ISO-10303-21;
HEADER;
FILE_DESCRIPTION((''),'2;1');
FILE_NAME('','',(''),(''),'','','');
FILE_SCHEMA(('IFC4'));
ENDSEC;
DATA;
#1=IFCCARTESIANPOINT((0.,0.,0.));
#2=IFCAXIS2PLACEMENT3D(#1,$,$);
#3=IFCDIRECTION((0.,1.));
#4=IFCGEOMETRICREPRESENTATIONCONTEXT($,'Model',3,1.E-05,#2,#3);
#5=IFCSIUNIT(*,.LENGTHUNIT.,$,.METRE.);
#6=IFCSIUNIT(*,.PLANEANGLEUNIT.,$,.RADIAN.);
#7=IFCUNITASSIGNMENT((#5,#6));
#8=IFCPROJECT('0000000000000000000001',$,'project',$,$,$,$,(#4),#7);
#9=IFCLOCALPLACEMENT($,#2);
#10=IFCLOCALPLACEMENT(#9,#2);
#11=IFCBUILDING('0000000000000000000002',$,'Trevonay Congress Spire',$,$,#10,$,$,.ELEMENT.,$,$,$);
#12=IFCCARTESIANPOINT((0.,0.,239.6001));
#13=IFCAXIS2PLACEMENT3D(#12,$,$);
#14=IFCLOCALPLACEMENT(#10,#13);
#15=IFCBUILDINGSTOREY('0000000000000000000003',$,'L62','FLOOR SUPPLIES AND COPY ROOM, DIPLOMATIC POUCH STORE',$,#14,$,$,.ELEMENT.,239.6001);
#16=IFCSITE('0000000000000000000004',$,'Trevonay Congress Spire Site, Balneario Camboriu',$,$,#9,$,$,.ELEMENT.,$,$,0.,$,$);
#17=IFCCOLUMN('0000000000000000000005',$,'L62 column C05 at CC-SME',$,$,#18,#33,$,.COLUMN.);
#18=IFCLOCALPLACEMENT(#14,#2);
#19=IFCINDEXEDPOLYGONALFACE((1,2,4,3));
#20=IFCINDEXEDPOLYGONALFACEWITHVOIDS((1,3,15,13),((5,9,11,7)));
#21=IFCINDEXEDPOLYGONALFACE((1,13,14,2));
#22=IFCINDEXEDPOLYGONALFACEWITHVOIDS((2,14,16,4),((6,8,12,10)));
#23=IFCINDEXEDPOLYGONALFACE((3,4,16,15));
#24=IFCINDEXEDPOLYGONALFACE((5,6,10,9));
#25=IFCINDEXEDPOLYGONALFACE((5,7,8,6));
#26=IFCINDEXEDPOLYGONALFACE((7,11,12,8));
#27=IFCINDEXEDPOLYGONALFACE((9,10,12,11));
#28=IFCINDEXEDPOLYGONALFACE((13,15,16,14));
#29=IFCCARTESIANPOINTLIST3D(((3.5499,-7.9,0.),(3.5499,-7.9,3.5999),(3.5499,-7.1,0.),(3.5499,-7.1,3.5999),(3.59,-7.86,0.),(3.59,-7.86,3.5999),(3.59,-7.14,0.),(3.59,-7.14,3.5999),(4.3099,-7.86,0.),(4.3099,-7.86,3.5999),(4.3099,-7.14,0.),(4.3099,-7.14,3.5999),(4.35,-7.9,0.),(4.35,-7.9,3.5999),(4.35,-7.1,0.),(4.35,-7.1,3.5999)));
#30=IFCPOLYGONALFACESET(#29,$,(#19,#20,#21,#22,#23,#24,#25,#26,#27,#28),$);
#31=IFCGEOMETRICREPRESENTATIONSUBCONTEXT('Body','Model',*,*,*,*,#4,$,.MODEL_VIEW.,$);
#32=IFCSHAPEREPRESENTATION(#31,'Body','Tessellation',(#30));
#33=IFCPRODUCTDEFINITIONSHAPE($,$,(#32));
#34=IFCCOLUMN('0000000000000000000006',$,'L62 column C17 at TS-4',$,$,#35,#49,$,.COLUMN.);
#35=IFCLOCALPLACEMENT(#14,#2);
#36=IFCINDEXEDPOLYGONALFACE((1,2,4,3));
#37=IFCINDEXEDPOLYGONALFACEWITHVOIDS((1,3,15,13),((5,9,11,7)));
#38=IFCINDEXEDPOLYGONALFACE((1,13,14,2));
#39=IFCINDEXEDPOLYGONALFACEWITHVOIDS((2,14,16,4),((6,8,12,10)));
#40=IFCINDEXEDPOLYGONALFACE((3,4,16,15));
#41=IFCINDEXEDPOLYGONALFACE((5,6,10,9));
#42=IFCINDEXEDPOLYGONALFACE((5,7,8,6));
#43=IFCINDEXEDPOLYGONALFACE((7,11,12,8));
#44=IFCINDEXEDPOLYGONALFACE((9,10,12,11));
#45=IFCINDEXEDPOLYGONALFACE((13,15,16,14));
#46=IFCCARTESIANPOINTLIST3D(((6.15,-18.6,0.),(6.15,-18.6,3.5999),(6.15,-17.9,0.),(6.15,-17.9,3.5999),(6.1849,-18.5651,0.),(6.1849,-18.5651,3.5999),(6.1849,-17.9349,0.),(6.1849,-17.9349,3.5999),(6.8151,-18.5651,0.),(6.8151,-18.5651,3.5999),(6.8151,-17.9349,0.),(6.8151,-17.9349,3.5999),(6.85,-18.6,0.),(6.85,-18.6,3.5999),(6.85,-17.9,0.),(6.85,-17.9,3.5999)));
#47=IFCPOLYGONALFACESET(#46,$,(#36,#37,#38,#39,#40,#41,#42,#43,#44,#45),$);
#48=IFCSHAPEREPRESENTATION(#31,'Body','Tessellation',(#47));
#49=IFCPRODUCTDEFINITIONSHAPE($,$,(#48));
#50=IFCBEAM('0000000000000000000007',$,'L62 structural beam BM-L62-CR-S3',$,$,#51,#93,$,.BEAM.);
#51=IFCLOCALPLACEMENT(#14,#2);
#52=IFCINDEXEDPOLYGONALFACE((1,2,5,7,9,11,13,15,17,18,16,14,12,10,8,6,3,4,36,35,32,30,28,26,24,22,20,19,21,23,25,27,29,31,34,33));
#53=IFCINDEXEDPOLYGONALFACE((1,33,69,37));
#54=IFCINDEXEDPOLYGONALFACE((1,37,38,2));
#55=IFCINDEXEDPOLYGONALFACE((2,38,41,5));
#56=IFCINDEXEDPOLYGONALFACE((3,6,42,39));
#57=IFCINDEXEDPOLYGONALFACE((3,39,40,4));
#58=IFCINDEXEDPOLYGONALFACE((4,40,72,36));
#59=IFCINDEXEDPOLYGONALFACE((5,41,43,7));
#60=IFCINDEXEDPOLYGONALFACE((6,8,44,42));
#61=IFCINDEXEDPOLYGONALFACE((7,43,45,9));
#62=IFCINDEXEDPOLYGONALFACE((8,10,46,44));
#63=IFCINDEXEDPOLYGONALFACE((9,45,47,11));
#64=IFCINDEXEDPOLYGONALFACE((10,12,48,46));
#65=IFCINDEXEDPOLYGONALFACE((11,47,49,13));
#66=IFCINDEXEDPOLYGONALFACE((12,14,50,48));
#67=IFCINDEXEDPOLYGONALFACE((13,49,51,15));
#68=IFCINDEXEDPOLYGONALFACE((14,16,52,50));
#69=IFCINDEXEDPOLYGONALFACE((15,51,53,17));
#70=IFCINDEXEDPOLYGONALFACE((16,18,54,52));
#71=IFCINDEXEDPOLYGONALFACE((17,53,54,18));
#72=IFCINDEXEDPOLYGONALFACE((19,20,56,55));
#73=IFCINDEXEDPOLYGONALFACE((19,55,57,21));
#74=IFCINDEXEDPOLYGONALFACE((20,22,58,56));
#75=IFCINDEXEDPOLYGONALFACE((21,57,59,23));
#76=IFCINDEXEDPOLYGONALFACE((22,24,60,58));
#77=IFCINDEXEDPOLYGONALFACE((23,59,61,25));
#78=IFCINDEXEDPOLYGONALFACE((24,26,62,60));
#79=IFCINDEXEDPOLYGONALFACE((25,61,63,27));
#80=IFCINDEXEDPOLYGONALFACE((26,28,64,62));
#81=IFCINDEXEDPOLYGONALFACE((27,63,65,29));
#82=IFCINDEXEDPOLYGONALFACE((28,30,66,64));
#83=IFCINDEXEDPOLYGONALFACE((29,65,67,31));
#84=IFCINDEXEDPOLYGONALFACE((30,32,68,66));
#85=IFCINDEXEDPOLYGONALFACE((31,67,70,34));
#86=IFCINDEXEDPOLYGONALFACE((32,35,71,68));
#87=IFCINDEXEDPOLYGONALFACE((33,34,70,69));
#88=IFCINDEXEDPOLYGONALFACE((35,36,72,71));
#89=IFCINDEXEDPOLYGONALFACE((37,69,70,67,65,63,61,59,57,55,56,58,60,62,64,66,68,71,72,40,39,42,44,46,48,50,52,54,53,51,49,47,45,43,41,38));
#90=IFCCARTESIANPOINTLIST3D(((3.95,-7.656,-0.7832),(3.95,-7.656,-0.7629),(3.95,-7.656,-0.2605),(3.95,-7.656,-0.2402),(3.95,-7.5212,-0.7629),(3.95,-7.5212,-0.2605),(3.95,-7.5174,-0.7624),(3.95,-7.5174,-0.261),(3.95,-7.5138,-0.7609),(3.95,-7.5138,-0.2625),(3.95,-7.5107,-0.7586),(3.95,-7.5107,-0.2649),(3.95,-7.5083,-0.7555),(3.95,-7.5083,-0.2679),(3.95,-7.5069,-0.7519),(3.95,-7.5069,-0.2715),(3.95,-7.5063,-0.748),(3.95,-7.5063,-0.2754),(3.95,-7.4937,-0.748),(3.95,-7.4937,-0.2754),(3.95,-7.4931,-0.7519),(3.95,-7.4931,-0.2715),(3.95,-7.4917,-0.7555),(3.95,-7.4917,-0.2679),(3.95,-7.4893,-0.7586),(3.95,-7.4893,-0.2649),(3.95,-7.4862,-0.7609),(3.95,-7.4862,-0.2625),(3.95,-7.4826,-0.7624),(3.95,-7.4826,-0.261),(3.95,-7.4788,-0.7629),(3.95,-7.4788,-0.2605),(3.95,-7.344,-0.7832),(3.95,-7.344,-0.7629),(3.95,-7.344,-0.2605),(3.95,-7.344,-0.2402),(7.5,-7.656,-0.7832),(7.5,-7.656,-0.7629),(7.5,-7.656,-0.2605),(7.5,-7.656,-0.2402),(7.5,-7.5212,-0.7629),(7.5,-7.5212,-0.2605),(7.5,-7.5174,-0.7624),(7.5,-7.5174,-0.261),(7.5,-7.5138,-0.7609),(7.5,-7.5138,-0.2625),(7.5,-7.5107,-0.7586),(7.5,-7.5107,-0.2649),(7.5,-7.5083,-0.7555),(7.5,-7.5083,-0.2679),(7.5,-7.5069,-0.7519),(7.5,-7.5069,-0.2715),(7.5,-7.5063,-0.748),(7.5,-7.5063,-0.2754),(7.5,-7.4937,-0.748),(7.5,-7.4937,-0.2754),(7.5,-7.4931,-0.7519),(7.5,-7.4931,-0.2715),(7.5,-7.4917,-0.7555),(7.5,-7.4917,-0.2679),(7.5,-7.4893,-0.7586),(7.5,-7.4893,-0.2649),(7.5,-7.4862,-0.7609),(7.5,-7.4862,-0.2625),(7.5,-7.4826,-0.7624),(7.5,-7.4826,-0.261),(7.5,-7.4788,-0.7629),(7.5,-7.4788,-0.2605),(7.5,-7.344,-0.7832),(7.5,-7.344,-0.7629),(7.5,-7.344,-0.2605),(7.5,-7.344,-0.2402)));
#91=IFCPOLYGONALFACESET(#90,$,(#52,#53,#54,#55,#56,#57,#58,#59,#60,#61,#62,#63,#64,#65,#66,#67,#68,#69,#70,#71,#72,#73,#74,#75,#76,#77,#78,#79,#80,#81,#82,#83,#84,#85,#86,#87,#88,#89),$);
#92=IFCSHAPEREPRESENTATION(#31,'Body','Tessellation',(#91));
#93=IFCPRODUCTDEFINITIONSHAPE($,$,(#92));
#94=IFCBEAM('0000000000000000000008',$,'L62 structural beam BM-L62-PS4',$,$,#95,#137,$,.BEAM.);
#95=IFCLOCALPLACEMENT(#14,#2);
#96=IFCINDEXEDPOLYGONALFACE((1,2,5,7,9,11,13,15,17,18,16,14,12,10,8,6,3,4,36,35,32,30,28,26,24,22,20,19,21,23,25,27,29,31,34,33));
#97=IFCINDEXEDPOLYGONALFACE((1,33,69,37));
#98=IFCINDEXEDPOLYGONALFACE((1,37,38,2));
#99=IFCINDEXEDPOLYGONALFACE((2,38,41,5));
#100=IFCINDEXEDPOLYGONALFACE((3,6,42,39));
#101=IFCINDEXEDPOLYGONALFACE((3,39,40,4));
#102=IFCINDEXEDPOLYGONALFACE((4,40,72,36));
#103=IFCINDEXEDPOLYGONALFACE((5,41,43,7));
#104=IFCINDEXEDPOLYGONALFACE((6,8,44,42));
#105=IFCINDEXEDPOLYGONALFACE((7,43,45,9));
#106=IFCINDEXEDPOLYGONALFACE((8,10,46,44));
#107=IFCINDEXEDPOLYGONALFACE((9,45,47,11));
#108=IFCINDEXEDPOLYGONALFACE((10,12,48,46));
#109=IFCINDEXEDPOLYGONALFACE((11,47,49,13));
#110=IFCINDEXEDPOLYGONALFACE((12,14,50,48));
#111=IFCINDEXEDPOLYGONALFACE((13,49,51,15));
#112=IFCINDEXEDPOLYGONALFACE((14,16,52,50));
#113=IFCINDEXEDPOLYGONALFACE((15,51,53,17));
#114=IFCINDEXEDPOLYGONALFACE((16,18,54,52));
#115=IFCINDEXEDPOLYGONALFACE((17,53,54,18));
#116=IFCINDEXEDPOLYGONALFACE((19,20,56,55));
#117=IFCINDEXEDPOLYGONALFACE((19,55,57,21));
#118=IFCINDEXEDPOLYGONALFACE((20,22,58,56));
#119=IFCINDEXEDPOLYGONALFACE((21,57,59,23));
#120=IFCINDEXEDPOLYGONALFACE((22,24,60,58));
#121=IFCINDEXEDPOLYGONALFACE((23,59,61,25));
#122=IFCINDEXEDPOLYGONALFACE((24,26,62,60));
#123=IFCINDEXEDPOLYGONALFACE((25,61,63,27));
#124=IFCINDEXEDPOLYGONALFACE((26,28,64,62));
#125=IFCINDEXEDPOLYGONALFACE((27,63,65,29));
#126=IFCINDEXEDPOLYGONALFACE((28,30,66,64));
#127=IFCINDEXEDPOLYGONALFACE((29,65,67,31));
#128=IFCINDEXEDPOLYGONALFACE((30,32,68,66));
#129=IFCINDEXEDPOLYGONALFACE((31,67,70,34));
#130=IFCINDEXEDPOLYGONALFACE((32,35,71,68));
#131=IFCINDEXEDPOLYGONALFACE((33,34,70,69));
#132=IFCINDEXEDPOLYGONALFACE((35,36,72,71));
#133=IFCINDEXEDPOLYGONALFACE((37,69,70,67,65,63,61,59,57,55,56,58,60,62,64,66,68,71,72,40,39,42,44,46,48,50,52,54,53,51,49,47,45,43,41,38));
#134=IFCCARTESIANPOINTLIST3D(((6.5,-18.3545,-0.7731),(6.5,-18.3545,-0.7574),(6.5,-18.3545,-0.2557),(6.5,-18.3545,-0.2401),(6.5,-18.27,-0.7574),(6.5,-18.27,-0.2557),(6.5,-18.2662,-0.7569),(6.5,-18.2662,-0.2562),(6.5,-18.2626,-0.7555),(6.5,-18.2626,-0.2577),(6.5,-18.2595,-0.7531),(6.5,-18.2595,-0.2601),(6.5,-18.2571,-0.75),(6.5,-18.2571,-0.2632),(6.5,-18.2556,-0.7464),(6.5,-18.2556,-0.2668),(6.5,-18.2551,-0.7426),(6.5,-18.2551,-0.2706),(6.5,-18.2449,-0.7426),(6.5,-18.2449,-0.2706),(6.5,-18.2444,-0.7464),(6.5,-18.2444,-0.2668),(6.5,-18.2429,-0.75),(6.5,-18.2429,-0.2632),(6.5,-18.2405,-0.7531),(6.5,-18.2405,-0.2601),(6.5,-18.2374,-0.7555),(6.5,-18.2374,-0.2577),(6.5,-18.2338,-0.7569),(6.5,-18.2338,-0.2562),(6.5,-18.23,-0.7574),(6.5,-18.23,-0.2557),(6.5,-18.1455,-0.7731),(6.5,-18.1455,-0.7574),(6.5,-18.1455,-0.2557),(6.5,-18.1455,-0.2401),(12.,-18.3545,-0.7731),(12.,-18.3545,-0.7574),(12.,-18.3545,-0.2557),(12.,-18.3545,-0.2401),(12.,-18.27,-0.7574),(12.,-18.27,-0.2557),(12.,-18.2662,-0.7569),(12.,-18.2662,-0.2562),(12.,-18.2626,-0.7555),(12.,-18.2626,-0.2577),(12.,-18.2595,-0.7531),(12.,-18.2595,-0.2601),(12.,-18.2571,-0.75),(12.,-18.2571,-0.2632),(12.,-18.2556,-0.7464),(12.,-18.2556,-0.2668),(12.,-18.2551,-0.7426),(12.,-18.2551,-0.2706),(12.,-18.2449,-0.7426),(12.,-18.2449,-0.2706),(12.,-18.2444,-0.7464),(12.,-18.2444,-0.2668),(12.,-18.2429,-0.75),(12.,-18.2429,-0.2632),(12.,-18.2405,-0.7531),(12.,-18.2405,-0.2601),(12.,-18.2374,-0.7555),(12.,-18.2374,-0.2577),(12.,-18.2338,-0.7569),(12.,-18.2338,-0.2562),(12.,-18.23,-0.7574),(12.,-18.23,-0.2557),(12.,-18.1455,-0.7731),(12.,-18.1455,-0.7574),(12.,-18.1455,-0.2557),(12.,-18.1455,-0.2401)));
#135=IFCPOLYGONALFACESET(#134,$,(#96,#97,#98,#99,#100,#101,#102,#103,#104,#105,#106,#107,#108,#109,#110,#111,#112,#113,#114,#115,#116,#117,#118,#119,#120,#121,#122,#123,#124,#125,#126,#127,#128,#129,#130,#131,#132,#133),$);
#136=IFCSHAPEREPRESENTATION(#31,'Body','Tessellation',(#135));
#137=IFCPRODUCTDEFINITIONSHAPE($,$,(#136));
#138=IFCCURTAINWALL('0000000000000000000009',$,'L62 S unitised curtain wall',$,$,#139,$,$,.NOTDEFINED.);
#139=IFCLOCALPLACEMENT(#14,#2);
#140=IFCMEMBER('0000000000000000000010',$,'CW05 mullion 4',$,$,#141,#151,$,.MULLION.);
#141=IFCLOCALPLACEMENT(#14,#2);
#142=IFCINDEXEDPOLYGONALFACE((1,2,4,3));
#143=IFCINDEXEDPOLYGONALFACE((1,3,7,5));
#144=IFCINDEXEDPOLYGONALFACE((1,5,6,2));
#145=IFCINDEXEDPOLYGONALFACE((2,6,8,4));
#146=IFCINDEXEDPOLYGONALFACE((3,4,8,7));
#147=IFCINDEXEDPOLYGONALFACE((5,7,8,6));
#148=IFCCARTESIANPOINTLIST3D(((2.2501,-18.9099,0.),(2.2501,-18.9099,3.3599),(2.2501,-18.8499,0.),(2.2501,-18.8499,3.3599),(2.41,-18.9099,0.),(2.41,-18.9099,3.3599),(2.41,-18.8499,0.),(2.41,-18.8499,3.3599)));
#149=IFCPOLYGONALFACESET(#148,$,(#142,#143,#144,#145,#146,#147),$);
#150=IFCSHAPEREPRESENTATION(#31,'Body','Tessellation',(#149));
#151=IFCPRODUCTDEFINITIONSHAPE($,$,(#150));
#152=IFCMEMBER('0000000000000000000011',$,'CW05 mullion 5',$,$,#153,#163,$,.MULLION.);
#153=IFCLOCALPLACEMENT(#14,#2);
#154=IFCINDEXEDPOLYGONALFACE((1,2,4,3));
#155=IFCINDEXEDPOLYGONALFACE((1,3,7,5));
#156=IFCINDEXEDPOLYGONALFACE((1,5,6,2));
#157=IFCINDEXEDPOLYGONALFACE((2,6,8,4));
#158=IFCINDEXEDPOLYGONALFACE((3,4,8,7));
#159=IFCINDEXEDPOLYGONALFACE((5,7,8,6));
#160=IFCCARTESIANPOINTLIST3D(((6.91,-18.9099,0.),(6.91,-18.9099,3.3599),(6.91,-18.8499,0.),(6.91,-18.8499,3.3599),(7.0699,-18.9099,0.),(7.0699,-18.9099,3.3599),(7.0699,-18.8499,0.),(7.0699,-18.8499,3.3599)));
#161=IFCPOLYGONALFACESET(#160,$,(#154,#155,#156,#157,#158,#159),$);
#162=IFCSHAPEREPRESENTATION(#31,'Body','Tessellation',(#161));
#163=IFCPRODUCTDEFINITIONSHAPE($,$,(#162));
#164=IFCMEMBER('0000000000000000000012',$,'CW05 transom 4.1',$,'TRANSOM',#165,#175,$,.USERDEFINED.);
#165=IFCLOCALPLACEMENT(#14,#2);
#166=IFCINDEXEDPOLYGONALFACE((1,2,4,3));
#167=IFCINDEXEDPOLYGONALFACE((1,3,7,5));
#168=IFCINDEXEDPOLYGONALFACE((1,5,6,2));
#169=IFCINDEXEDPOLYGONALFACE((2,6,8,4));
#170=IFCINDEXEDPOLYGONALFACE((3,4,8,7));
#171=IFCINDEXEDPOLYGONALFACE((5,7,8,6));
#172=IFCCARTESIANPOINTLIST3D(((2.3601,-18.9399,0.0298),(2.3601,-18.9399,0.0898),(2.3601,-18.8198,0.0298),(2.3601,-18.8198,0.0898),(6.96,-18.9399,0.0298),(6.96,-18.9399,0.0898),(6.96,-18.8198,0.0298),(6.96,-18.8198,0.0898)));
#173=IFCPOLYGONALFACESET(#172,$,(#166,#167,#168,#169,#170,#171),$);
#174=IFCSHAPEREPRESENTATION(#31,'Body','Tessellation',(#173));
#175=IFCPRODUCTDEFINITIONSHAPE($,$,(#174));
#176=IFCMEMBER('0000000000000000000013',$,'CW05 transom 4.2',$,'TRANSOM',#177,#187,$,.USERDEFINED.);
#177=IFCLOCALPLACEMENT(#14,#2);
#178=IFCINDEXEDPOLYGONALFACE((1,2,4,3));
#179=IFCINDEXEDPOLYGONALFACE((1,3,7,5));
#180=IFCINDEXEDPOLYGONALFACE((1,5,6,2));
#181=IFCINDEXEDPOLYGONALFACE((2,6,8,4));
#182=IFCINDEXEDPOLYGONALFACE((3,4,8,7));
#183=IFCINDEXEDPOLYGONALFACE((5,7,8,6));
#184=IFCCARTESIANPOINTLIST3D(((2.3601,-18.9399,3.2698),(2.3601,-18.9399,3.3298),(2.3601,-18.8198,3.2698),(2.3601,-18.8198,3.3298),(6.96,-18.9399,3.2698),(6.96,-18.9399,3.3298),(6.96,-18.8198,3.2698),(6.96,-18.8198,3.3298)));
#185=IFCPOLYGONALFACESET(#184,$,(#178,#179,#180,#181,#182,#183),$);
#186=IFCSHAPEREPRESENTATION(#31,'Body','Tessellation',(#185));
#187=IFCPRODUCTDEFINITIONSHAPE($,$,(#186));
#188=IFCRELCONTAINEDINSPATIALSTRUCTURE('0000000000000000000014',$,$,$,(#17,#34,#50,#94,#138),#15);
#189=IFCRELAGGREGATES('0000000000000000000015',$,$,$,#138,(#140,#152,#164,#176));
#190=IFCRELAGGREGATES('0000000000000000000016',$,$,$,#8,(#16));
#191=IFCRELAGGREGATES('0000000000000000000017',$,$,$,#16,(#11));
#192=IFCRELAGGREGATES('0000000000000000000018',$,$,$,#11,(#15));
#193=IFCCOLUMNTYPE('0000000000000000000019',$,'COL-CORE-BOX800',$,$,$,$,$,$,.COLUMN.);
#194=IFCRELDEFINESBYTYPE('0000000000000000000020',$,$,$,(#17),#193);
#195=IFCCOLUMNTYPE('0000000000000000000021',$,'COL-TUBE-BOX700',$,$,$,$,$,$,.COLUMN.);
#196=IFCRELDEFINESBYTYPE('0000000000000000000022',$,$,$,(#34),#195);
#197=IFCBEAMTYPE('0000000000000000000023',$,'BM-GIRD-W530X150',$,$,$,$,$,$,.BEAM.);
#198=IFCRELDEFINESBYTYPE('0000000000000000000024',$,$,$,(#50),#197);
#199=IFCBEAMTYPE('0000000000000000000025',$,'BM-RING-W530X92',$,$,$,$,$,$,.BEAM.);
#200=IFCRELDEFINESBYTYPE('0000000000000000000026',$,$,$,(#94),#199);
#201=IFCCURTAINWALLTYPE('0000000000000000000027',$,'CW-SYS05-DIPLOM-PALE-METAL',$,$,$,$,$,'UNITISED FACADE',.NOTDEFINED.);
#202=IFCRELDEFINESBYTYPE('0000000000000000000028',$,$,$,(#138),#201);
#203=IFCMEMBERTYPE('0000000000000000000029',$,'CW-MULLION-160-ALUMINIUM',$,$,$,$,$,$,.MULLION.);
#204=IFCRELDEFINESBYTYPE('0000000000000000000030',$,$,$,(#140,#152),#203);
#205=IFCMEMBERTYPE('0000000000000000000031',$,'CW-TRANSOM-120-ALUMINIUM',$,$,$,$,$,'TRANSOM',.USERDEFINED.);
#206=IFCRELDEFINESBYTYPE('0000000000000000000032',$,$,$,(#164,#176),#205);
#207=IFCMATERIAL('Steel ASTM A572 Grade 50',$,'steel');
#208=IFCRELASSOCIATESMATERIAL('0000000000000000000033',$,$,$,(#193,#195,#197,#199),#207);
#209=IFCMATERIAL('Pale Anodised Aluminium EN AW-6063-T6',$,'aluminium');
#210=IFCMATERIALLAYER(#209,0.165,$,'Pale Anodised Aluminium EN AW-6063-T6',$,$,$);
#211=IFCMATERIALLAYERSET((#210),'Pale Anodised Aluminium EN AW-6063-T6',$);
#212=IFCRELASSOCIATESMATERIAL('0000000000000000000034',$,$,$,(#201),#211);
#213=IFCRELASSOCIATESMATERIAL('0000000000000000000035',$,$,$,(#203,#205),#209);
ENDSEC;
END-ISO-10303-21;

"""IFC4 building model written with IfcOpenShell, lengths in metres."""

from ifc_helpers import new_model, si_unit, direction, frame, origin, origin_2d, place, context, subcontext, project, spatial, rectangle, hollow_rectangle, i_section, extrude, material, layer, layer_set, material_profile, profile_set, type_object, element, aggregate, save


model = new_model("IFC4")

# Units and contexts
model_context = context("Model", 3, precision=1e-05, world=origin(), true_north=direction((0.0, 1.0)))
body_context = subcontext(model_context, "Body", "Model", "MODEL_VIEW")
ifc_project = project(units=[si_unit("LENGTHUNIT", "METRE"), si_unit("PLANEANGLEUNIT", "RADIAN")], contexts=[model_context])

# Site, building, storey
site_placement = place(None, origin())
site = spatial("IfcSite", under=ifc_project, at=site_placement, Name="Trevonay Congress Spire Site, Balneario Camboriu", CompositionType="ELEMENT", RefElevation=0.0)
building_placement = place(site_placement, origin())
building = spatial("IfcBuilding", under=site, at=building_placement, Name="Trevonay Congress Spire", CompositionType="ELEMENT")
storey_placement = place(building_placement, frame((0.0, 0.0, 239.6001)))
storey = spatial("IfcBuildingStorey", under=building, at=storey_placement, Name="L62", Description="FLOOR SUPPLIES AND COPY ROOM, DIPLOMATIC POUCH STORE", CompositionType="ELEMENT", Elevation=239.6001)

# Columns
ifc_material_1 = material(Name="Steel ASTM A572 Grade 50", Category="steel")
ifc_material_profile_1 = material_profile(ifc_material_1, hollow_rectangle(XDim=0.8, YDim=0.8, WallThickness=0.04, at=origin_2d()), Name="BOX 800x800x40")
ifc_profile_set_1 = profile_set([ifc_material_profile_1], Name="Steel ASTM A572 Grade 50")
column_type_1 = type_object("IfcColumnType", Name="COL-CORE-BOX800", PredefinedType="COLUMN", material=ifc_profile_set_1)
column_1_placement = place(storey_placement, frame((3.95, -7.5, 0.0), z_axis=(0.0, 0.0, 1.0), x_axis=(1.0, 0.0, 0.0)))
element("IfcColumn", 1, at=column_1_placement, inside=storey, type_object=column_type_1, Name="L62 column C05 at CC-SME", PredefinedType="COLUMN", context=body_context, shape_type="SweptSolid", body=[
    extrude(hollow_rectangle(XDim=0.8, YDim=0.8, WallThickness=0.04, at=origin_2d()), origin(), (0.0, 0.0, 1.0), 3.5999),
])
ifc_material_profile_2 = material_profile(ifc_material_1, hollow_rectangle(XDim=0.7, YDim=0.7, WallThickness=0.0349, at=origin_2d()), Name="BOX 700x700x35")
ifc_profile_set_2 = profile_set([ifc_material_profile_2], Name="Steel ASTM A572 Grade 50")
column_type_2 = type_object("IfcColumnType", Name="COL-TUBE-BOX700", PredefinedType="COLUMN", material=ifc_profile_set_2)
column_2_placement = place(storey_placement, frame((6.5, -18.25, 0.0), z_axis=(0.0, 0.0, 1.0), x_axis=(1.0, 0.0, 0.0)))
element("IfcColumn", 2, at=column_2_placement, inside=storey, type_object=column_type_2, Name="L62 column C17 at TS-4", PredefinedType="COLUMN", context=body_context, shape_type="SweptSolid", body=[
    extrude(hollow_rectangle(XDim=0.7, YDim=0.7, WallThickness=0.0349, at=origin_2d()), origin(), (0.0, 0.0, 1.0), 3.5999),
])

# Beams
ifc_material_profile_3 = material_profile(ifc_material_1, i_section(OverallWidth=0.312, OverallDepth=0.543, WebThickness=0.0127, FlangeThickness=0.0203, FilletRadius=0.0149, at=origin_2d()), Name="W530x150")
ifc_profile_set_3 = profile_set([ifc_material_profile_3], Name="Steel ASTM A572 Grade 50")
beam_type_1 = type_object("IfcBeamType", Name="BM-GIRD-W530X150", PredefinedType="BEAM", material=ifc_profile_set_3)
beam_1_placement = place(storey_placement, frame((3.95, -7.5, -0.5117), z_axis=(1.0, 0.0, 0.0), x_axis=(0.0, 1.0, 0.0)))
element("IfcBeam", 3, at=beam_1_placement, inside=storey, type_object=beam_type_1, Name="L62 structural beam BM-L62-CR-S3", PredefinedType="BEAM", context=body_context, shape_type="SweptSolid", body=[
    extrude(i_section(OverallWidth=0.312, OverallDepth=0.543, WebThickness=0.0127, FlangeThickness=0.0203, FilletRadius=0.0149, at=origin_2d()), origin(), (0.0, 0.0, 1.0), 3.55),
])
ifc_material_profile_4 = material_profile(ifc_material_1, i_section(OverallWidth=0.209, OverallDepth=0.533, WebThickness=0.0103, FlangeThickness=0.0156, FilletRadius=0.0149, at=origin_2d()), Name="W530x92")
ifc_profile_set_4 = profile_set([ifc_material_profile_4], Name="Steel ASTM A572 Grade 50")
beam_type_2 = type_object("IfcBeamType", Name="BM-RING-W530X92", PredefinedType="BEAM", material=ifc_profile_set_4)
beam_2_placement = place(storey_placement, frame((6.5, -18.25, -0.5066), z_axis=(1.0, 0.0, 0.0), x_axis=(0.0, 1.0, 0.0)))
element("IfcBeam", 4, at=beam_2_placement, inside=storey, type_object=beam_type_2, Name="L62 structural beam BM-L62-PS4", PredefinedType="BEAM", context=body_context, shape_type="SweptSolid", body=[
    extrude(i_section(OverallWidth=0.209, OverallDepth=0.533, WebThickness=0.0103, FlangeThickness=0.0156, FilletRadius=0.0149, at=origin_2d()), origin(), (0.0, 0.0, 1.0), 5.5),
])

# Curtain wall, members
ifc_material_2 = material(Name="Pale Anodised Aluminium EN AW-6063-T6", Category="aluminium")
ifc_layer_1 = layer(ifc_material_2, 0.165, Name="Pale Anodised Aluminium EN AW-6063-T6")
ifc_layer_set_1 = layer_set([ifc_layer_1], Name="Pale Anodised Aluminium EN AW-6063-T6")
curtain_wall_type = type_object("IfcCurtainWallType", Name="CW-SYS05-DIPLOM-PALE-METAL", ElementType="UNITISED FACADE", PredefinedType="NOTDEFINED", material=ifc_layer_set_1)
curtain_wall_placement = place(storey_placement, origin())
curtain_wall = element("IfcCurtainWall", 5, at=curtain_wall_placement, inside=storey, type_object=curtain_wall_type, Name="L62 S unitised curtain wall", PredefinedType="NOTDEFINED")
ifc_material_profile_5 = material_profile(ifc_material_2, rectangle(XDim=0.0601, YDim=0.1599, at=origin_2d()), Name="CW-MULLION-160-ALUMINIUM")
ifc_profile_set_5 = profile_set([ifc_material_profile_5], Name="Pale Anodised Aluminium EN AW-6063-T6")
member_type_1 = type_object("IfcMemberType", Name="CW-MULLION-160-ALUMINIUM", PredefinedType="MULLION", material=ifc_profile_set_5)
member_1_placement = place(storey_placement, frame((2.3301, -18.8799, 0.0), z_axis=(0.0, 0.0, 1.0), x_axis=(0.0, 1.0, 0.0)))
member_1 = element("IfcMember", 6, at=member_1_placement, type_object=member_type_1, Name="CW05 mullion 4", PredefinedType="MULLION", context=body_context, shape_type="SweptSolid", body=[
    extrude(rectangle(XDim=0.0601, YDim=0.1599, at=origin_2d()), origin(), (0.0, 0.0, 1.0), 3.3599),
])
member_2_placement = place(storey_placement, frame((6.99, -18.8799, 0.0), z_axis=(0.0, 0.0, 1.0), x_axis=(0.0, 1.0, 0.0)))
member_2 = element("IfcMember", 7, at=member_2_placement, type_object=member_type_1, Name="CW05 mullion 5", PredefinedType="MULLION", context=body_context, shape_type="SweptSolid", body=[
    extrude(rectangle(XDim=0.0601, YDim=0.1599, at=origin_2d()), origin(), (0.0, 0.0, 1.0), 3.3599),
])
ifc_material_profile_6 = material_profile(ifc_material_2, rectangle(XDim=0.1201, YDim=0.0601, at=origin_2d()), Name="CW-TRANSOM-120-ALUMINIUM")
ifc_profile_set_6 = profile_set([ifc_material_profile_6], Name="Pale Anodised Aluminium EN AW-6063-T6")
member_type_2 = type_object("IfcMemberType", Name="CW-TRANSOM-120-ALUMINIUM", ElementType="TRANSOM", PredefinedType="USERDEFINED", material=ifc_profile_set_6)
member_3_placement = place(storey_placement, frame((2.3601, -18.8799, 0.0598), z_axis=(1.0, 0.0, 0.0), x_axis=(0.0, 1.0, 0.0)))
member_3 = element("IfcMember", 8, at=member_3_placement, type_object=member_type_2, Name="CW05 transom 4.1", ObjectType="TRANSOM", PredefinedType="USERDEFINED", context=body_context, shape_type="SweptSolid", body=[
    extrude(rectangle(XDim=0.1201, YDim=0.0601, at=origin_2d()), origin(), (0.0, 0.0, 1.0), 4.5999),
])
member_4_placement = place(storey_placement, frame((2.3601, -18.8799, 3.2998), z_axis=(1.0, 0.0, 0.0), x_axis=(0.0, 1.0, 0.0)))
member_4 = element("IfcMember", 9, at=member_4_placement, type_object=member_type_2, Name="CW05 transom 4.2", ObjectType="TRANSOM", PredefinedType="USERDEFINED", context=body_context, shape_type="SweptSolid", body=[
    extrude(rectangle(XDim=0.1201, YDim=0.0601, at=origin_2d()), origin(), (0.0, 0.0, 1.0), 4.5999),
])

aggregate(curtain_wall, [member_1, member_2, member_3, member_4])

save(model, "model.ifc")
